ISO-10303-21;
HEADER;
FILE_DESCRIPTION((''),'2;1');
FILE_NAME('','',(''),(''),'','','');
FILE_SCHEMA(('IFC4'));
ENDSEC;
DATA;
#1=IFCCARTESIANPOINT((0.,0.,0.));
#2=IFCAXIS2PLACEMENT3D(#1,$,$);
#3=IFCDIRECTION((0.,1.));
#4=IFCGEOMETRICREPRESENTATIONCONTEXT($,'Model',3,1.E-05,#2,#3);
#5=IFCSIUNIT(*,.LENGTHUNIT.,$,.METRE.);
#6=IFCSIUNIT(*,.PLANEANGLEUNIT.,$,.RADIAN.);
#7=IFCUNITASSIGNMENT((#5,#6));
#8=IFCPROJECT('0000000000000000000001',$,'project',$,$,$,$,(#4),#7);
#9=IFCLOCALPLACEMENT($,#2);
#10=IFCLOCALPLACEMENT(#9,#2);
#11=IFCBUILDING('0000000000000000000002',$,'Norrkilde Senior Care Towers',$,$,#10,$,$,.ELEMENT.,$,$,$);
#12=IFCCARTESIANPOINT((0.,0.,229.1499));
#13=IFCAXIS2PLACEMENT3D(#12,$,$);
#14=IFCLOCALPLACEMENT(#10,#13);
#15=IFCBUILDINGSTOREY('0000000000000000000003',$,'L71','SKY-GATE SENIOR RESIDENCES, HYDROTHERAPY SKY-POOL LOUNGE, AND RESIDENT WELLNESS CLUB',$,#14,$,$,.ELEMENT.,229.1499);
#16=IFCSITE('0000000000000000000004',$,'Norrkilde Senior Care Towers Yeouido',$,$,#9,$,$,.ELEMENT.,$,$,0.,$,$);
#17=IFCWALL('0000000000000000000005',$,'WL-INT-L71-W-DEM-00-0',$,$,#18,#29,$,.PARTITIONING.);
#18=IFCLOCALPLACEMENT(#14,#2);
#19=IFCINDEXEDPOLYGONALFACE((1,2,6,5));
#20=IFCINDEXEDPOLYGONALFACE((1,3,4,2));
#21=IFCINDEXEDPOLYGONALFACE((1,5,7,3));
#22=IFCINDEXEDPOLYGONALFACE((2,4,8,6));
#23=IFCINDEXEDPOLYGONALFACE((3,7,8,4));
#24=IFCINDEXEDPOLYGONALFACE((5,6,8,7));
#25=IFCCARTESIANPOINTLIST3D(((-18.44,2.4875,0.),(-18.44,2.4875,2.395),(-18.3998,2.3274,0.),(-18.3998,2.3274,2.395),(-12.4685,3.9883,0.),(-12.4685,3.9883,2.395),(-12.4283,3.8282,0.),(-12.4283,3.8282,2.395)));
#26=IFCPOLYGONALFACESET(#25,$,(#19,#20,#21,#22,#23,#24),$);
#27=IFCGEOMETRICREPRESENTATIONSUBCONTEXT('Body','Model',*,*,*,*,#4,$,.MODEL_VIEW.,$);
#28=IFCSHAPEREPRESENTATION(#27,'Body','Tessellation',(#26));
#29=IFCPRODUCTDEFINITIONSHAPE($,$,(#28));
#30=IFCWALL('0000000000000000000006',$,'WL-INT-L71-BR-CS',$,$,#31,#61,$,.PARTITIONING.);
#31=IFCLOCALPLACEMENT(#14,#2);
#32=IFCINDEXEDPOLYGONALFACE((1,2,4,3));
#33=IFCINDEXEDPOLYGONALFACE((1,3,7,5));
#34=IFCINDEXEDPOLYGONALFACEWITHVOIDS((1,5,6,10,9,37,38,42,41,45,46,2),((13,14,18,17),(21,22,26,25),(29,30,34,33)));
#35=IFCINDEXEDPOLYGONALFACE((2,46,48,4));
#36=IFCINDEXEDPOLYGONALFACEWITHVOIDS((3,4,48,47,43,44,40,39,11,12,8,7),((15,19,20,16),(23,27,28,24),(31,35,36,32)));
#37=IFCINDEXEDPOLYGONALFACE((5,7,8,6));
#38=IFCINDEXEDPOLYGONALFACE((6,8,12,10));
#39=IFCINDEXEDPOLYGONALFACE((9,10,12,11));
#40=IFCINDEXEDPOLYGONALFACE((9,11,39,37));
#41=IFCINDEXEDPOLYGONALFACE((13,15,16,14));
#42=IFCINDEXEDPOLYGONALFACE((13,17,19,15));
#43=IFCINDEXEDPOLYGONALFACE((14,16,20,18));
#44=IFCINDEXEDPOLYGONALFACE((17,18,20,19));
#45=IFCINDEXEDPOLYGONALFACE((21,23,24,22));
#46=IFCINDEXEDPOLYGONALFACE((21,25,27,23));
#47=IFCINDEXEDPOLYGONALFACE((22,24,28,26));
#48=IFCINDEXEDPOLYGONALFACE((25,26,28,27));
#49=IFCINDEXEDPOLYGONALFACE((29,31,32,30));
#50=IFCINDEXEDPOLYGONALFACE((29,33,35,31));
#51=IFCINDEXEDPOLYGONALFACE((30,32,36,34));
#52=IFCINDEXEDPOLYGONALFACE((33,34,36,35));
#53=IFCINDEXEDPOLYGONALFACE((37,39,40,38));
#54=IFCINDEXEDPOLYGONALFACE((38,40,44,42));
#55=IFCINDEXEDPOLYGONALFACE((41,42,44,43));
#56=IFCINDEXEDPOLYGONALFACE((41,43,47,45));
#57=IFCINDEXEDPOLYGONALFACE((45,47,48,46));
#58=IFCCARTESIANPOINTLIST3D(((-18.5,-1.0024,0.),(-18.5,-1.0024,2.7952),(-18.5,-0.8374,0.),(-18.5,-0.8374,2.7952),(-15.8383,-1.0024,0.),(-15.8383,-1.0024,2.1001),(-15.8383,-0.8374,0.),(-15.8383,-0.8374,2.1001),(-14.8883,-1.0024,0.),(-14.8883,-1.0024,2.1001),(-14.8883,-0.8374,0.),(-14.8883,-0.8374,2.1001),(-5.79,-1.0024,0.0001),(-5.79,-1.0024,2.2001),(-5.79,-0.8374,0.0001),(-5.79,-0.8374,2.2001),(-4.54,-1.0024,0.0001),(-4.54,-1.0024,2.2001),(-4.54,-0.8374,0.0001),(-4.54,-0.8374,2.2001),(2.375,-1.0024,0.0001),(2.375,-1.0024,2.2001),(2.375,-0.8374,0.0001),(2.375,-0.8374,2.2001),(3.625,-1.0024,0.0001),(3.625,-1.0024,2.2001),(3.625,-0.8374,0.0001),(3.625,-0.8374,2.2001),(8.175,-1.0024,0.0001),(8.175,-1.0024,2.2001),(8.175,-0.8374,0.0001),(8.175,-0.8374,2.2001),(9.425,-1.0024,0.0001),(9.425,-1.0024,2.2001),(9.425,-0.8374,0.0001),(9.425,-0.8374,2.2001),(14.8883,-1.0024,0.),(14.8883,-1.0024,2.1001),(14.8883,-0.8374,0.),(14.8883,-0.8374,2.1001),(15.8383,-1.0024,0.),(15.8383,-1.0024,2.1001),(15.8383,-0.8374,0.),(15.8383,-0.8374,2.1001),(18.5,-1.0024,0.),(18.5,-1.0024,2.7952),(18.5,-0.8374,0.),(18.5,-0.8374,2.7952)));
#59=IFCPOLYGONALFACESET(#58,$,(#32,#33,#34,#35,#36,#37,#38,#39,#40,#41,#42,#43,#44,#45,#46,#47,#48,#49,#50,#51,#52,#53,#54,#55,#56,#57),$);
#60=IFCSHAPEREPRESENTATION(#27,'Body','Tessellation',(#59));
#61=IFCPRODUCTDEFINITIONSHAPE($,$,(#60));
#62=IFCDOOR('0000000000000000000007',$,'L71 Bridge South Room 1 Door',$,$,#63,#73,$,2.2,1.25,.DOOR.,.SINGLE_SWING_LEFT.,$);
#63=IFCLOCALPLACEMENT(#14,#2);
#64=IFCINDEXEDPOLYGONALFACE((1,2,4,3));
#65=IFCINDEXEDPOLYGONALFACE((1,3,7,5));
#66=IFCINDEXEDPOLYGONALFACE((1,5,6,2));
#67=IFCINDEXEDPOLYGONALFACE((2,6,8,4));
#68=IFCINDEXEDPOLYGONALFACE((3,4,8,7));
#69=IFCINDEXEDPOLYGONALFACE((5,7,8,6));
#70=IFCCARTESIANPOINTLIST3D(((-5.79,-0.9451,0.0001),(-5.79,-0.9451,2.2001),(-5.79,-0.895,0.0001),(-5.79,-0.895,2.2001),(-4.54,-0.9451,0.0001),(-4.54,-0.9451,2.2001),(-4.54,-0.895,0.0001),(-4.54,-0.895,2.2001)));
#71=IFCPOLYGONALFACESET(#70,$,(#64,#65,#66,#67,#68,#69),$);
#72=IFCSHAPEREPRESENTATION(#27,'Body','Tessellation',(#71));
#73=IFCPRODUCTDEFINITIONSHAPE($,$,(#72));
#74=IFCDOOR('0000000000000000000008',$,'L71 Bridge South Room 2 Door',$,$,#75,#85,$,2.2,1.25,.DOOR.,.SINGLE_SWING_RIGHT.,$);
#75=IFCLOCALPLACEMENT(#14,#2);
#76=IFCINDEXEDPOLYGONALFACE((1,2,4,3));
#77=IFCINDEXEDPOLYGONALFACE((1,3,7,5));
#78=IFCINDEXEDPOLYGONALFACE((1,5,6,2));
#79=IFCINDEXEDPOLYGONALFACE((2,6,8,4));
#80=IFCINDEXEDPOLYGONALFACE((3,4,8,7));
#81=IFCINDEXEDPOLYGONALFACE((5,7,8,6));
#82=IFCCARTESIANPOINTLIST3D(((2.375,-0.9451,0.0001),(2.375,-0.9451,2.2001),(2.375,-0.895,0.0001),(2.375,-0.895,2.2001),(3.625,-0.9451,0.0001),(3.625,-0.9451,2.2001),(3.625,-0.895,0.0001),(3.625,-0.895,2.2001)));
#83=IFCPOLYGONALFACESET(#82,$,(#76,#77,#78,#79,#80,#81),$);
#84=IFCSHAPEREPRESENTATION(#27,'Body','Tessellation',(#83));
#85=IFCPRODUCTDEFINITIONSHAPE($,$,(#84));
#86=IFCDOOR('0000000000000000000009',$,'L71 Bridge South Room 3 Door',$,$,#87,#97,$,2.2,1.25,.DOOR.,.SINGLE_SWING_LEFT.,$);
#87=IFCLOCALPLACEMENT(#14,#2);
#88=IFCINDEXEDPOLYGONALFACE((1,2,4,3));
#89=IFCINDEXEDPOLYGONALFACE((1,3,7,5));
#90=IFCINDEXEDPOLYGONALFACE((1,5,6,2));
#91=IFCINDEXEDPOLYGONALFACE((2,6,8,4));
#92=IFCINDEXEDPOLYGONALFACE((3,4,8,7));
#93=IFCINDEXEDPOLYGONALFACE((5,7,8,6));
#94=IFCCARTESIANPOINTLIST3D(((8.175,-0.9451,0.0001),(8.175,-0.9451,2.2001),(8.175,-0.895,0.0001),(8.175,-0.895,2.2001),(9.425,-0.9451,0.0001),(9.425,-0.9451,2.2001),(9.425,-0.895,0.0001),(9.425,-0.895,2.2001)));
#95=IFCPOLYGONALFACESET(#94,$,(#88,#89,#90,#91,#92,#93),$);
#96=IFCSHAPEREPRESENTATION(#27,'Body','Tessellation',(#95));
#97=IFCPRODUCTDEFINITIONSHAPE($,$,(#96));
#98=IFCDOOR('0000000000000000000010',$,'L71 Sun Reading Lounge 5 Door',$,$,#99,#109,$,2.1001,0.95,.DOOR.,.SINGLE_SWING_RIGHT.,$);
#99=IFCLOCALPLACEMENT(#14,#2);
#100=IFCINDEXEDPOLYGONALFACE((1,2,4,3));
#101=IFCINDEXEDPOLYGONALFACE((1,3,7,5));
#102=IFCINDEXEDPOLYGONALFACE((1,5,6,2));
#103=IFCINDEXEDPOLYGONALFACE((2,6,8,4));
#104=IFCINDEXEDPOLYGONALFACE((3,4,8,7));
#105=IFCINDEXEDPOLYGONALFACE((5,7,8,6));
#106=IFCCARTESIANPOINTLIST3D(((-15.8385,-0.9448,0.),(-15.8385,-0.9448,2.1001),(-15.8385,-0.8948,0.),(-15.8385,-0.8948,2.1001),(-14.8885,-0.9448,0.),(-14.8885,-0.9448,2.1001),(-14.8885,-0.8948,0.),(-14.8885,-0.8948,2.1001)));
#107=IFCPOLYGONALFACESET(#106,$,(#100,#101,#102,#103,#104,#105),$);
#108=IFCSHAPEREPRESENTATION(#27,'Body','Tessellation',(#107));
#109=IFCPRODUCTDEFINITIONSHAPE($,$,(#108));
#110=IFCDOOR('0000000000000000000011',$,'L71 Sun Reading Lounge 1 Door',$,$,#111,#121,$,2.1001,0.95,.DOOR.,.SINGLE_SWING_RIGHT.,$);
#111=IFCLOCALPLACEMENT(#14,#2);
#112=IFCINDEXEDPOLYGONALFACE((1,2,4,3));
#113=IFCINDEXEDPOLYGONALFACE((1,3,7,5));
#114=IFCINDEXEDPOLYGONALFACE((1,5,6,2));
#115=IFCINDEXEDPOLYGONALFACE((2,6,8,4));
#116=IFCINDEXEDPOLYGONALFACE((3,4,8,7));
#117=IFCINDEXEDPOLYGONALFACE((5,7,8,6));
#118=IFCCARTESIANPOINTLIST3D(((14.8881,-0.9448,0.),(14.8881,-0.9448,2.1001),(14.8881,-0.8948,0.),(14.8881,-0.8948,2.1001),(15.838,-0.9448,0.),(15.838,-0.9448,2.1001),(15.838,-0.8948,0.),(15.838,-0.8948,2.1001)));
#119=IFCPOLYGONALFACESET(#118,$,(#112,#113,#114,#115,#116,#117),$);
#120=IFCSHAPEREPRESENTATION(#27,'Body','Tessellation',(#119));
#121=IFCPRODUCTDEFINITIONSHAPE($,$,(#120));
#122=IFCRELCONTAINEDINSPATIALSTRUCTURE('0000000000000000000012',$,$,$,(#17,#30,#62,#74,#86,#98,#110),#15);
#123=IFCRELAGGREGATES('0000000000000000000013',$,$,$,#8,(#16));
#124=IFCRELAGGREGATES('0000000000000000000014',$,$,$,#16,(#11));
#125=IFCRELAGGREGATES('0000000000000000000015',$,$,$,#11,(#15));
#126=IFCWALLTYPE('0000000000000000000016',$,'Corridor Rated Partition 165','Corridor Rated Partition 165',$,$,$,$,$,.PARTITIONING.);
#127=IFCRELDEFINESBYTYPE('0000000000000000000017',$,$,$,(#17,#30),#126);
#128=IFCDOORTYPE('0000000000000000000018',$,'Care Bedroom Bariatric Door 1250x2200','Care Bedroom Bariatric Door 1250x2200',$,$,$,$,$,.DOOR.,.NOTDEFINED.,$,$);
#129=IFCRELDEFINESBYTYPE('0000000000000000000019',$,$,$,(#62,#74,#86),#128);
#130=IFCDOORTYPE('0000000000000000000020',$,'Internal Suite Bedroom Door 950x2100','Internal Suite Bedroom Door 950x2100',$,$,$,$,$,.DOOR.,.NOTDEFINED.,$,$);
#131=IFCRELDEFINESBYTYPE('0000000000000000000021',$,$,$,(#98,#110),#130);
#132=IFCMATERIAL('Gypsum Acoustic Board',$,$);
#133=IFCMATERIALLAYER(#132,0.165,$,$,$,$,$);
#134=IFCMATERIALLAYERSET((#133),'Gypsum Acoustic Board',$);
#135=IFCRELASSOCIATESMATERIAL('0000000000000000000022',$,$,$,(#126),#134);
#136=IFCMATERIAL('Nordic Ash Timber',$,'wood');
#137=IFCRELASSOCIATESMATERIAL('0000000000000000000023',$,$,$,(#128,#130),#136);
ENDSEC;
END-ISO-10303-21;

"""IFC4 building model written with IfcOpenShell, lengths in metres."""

from ifc_helpers import new_model, si_unit, direction, frame, frame_2d, origin, place, context, subcontext, project, spatial, rectangle, extrude, source, transform, mapped, material, layer, layer_set, type_object, type_shapes, element, fill, save


model = new_model("IFC4")

# Units and contexts
model_context = context("Model", 3, precision=1e-05, world=origin(), true_north=direction((0.0, 1.0)))
body_context = subcontext(model_context, "Body", "Model", "MODEL_VIEW")
ifc_project = project(units=[si_unit("LENGTHUNIT", "METRE"), si_unit("PLANEANGLEUNIT", "RADIAN")], contexts=[model_context])

# Site, building, storey
site_placement = place(None, origin())
site = spatial("IfcSite", under=ifc_project, at=site_placement, Name="Norrkilde Senior Care Towers Yeouido", CompositionType="ELEMENT", RefElevation=0.0)
building_placement = place(site_placement, origin())
building = spatial("IfcBuilding", under=site, at=building_placement, Name="Norrkilde Senior Care Towers", CompositionType="ELEMENT")
storey_placement = place(building_placement, frame((0.0, 0.0, 229.1499)))
storey = spatial("IfcBuildingStorey", under=building, at=storey_placement, Name="L71", Description="SKY-GATE SENIOR RESIDENCES, HYDROTHERAPY SKY-POOL LOUNGE, AND RESIDENT WELLNESS CLUB", CompositionType="ELEMENT", Elevation=229.1499)

# Shared definitions
ifc_material_1 = material(Name="Gypsum Acoustic Board")
ifc_layer = layer(ifc_material_1, 0.165)
ifc_layer_set = layer_set([ifc_layer], Name="Gypsum Acoustic Board")
wall_type = type_object("IfcWallType", Name="Corridor Rated Partition 165", Description="Corridor Rated Partition 165", PredefinedType="PARTITIONING", material=ifc_layer_set)
ifc_material_2 = material(Name="Nordic Ash Timber", Category="wood")
door_type_1 = type_object("IfcDoorType", Name="Care Bedroom Bariatric Door 1250x2200", Description="Care Bedroom Bariatric Door 1250x2200", OperationType="NOTDEFINED", PredefinedType="DOOR", material=ifc_material_2)
shared_shape_1 = source(origin(), body_context, "Body", "SweptSolid", [
    extrude(rectangle(XDim=1.25, YDim=2.2, at=frame_2d((0.625, 1.1001))), frame((0.0, 0.0249, 0.0), z_axis=(0.0, -1.0, 0.0), x_axis=(1.0, 0.0, 0.0)), (0.0, 0.0, 1.0), 0.05),
])
type_shapes(door_type_1, [shared_shape_1])

# Wall
shared_shape_2 = source(origin(), body_context, "Body", "SweptSolid", [
    extrude(rectangle(XDim=6.1572, YDim=0.165, at=frame_2d((3.0786, 0.0))), origin(), (0.0, 0.0, 1.0), 2.395),
])
wall_1_placement = place(storey_placement, frame((-18.4199, 2.4075, 0.0), z_axis=(0.0, 0.0, 1.0), x_axis=(0.969841, 0.243739, 0.0)))
element("IfcWall", 1, at=wall_1_placement, inside=storey, type_object=wall_type, Name="WL-INT-L71-W-DEM-00-0", PredefinedType="PARTITIONING", context=body_context, shape_type="MappedRepresentation", body=[
    mapped(shared_shape_2, transform((0.0, 0.0, 0.0), x_axis=(1.0, 0.0, 0.0), y_axis=(0.0, 1.0, 0.0), z_axis=(0.0, 0.0, 1.0), scale=1.0)),
])

# Wall, openings, doors
shared_shape_3 = source(origin(), body_context, "Body", "SweptSolid", [
    extrude(rectangle(XDim=37.0, YDim=0.165, at=frame_2d((18.5, 0.0))), origin(), (0.0, 0.0, 1.0), 2.7952),
])
wall_2_placement = place(storey_placement, frame((-18.5, -0.9199, 0.0), z_axis=(0.0, 0.0, 1.0), x_axis=(1.0, 0.0, 0.0)))
wall_2 = element("IfcWall", 2, at=wall_2_placement, inside=storey, type_object=wall_type, Name="WL-INT-L71-BR-CS", PredefinedType="PARTITIONING", context=body_context, shape_type="MappedRepresentation", body=[
    mapped(shared_shape_3, transform((0.0, 0.0, 0.0), x_axis=(1.0, 0.0, 0.0), y_axis=(0.0, 1.0, 0.0), z_axis=(0.0, 0.0, 1.0), scale=1.0)),
])
opening_1_placement = place(wall_2_placement, frame((2.6616, 0.0, 0.0)))
opening_1 = element("IfcOpeningElement", 3, at=opening_1_placement, cuts=wall_2, PredefinedType="OPENING", context=body_context, shape_type="SweptSolid", body=[
    extrude(rectangle(XDim=0.95, YDim=2.1001, at=frame_2d((0.4751, 1.05))), frame((0.0, 0.0925, 0.0), z_axis=(0.0, -1.0, 0.0), x_axis=(1.0, 0.0, 0.0)), (0.0, 0.0, 1.0), 0.1851),
])
opening_2_placement = place(wall_2_placement, frame((33.3882, 0.0, 0.0)))
opening_2 = element("IfcOpeningElement", 4, at=opening_2_placement, cuts=wall_2, PredefinedType="OPENING", context=body_context, shape_type="SweptSolid", body=[
    extrude(rectangle(XDim=0.95, YDim=2.1001, at=frame_2d((0.4751, 1.05))), frame((0.0, 0.0925, 0.0), z_axis=(0.0, -1.0, 0.0), x_axis=(1.0, 0.0, 0.0)), (0.0, 0.0, 1.0), 0.1851),
])
opening_3_placement = place(wall_2_placement, frame((12.71, 0.0, 0.0)))
opening_3 = element("IfcOpeningElement", 5, at=opening_3_placement, cuts=wall_2, PredefinedType="OPENING", context=body_context, shape_type="SweptSolid", body=[
    extrude(rectangle(XDim=1.25, YDim=2.2, at=frame_2d((0.625, 1.1001))), frame((0.0, 0.0925, 0.0), z_axis=(0.0, -1.0, 0.0), x_axis=(1.0, 0.0, 0.0)), (0.0, 0.0, 1.0), 0.1851),
])
opening_4_placement = place(wall_2_placement, frame((20.875, 0.0, 0.0)))
opening_4 = element("IfcOpeningElement", 6, at=opening_4_placement, cuts=wall_2, PredefinedType="OPENING", context=body_context, shape_type="SweptSolid", body=[
    extrude(rectangle(XDim=1.25, YDim=2.2, at=frame_2d((0.625, 1.1001))), frame((0.0, 0.0925, 0.0), z_axis=(0.0, -1.0, 0.0), x_axis=(1.0, 0.0, 0.0)), (0.0, 0.0, 1.0), 0.1851),
])
opening_5_placement = place(wall_2_placement, frame((26.675, 0.0, 0.0)))
opening_5 = element("IfcOpeningElement", 7, at=opening_5_placement, cuts=wall_2, PredefinedType="OPENING", context=body_context, shape_type="SweptSolid", body=[
    extrude(rectangle(XDim=1.25, YDim=2.2, at=frame_2d((0.625, 1.1001))), frame((0.0, 0.0925, 0.0), z_axis=(0.0, -1.0, 0.0), x_axis=(1.0, 0.0, 0.0)), (0.0, 0.0, 1.0), 0.1851),
])
door_1_placement = place(opening_3_placement, origin())
door_1 = element("IfcDoor", 8, at=door_1_placement, inside=storey, type_object=door_type_1, Name="L71 Bridge South Room 1 Door", OperationType="SINGLE_SWING_LEFT", OverallHeight=2.2, OverallWidth=1.25, PredefinedType="DOOR", context=body_context, shape_type="MappedRepresentation", body=[
    mapped(shared_shape_1, transform((0.0, 0.0, 0.0), x_axis=(1.0, 0.0, 0.0), y_axis=(0.0, 1.0, 0.0), z_axis=(0.0, 0.0, 1.0), scale=1.0)),
])
fill(opening_3, door_1)
door_2_placement = place(opening_4_placement, origin())
door_2 = element("IfcDoor", 9, at=door_2_placement, inside=storey, type_object=door_type_1, Name="L71 Bridge South Room 2 Door", OperationType="SINGLE_SWING_RIGHT", OverallHeight=2.2, OverallWidth=1.25, PredefinedType="DOOR", context=body_context, shape_type="MappedRepresentation", body=[
    mapped(shared_shape_1, transform((0.0, 0.0, 0.0), x_axis=(1.0, 0.0, 0.0), y_axis=(0.0, 1.0, 0.0), z_axis=(0.0, 0.0, 1.0), scale=1.0)),
])
fill(opening_4, door_2)
door_3_placement = place(opening_5_placement, origin())
door_3 = element("IfcDoor", 10, at=door_3_placement, inside=storey, type_object=door_type_1, Name="L71 Bridge South Room 3 Door", OperationType="SINGLE_SWING_LEFT", OverallHeight=2.2, OverallWidth=1.25, PredefinedType="DOOR", context=body_context, shape_type="MappedRepresentation", body=[
    mapped(shared_shape_1, transform((0.0, 0.0, 0.0), x_axis=(1.0, 0.0, 0.0), y_axis=(0.0, 1.0, 0.0), z_axis=(0.0, 0.0, 1.0), scale=1.0)),
])
fill(opening_5, door_3)
door_type_2 = type_object("IfcDoorType", Name="Internal Suite Bedroom Door 950x2100", Description="Internal Suite Bedroom Door 950x2100", OperationType="NOTDEFINED", PredefinedType="DOOR", material=ifc_material_2)
shared_shape_4 = source(origin(), body_context, "Body", "SweptSolid", [
    extrude(rectangle(XDim=0.95, YDim=2.1001, at=frame_2d((0.4751, 1.05))), frame((0.0, 0.0249, 0.0), z_axis=(0.0, -1.0, 0.0), x_axis=(1.0, 0.0, 0.0)), (0.0, 0.0, 1.0), 0.05),
])
type_shapes(door_type_2, [shared_shape_4])
door_4_placement = place(opening_1_placement, frame((0.95, 0.0, 0.0), z_axis=(0.0, 0.0, 1.0), x_axis=(-1.0, 0.0, 0.0)))
door_4 = element("IfcDoor", 11, at=door_4_placement, inside=storey, type_object=door_type_2, Name="L71 Sun Reading Lounge 5 Door", OperationType="SINGLE_SWING_RIGHT", OverallHeight=2.1001, OverallWidth=0.95, PredefinedType="DOOR", context=body_context, shape_type="MappedRepresentation", body=[
    mapped(shared_shape_4, transform((0.0, 0.0, 0.0), x_axis=(1.0, 0.0, 0.0), y_axis=(0.0, 1.0, 0.0), z_axis=(0.0, 0.0, 1.0), scale=1.0)),
])
fill(opening_1, door_4)
door_5_placement = place(opening_2_placement, frame((0.95, 0.0, 0.0), z_axis=(0.0, 0.0, 1.0), x_axis=(-1.0, 0.0, 0.0)))
door_5 = element("IfcDoor", 12, at=door_5_placement, inside=storey, type_object=door_type_2, Name="L71 Sun Reading Lounge 1 Door", OperationType="SINGLE_SWING_RIGHT", OverallHeight=2.1001, OverallWidth=0.95, PredefinedType="DOOR", context=body_context, shape_type="MappedRepresentation", body=[
    mapped(shared_shape_4, transform((0.0, 0.0, 0.0), x_axis=(1.0, 0.0, 0.0), y_axis=(0.0, 1.0, 0.0), z_axis=(0.0, 0.0, 1.0), scale=1.0)),
])
fill(opening_2, door_5)

save(model, "model.ifc")
